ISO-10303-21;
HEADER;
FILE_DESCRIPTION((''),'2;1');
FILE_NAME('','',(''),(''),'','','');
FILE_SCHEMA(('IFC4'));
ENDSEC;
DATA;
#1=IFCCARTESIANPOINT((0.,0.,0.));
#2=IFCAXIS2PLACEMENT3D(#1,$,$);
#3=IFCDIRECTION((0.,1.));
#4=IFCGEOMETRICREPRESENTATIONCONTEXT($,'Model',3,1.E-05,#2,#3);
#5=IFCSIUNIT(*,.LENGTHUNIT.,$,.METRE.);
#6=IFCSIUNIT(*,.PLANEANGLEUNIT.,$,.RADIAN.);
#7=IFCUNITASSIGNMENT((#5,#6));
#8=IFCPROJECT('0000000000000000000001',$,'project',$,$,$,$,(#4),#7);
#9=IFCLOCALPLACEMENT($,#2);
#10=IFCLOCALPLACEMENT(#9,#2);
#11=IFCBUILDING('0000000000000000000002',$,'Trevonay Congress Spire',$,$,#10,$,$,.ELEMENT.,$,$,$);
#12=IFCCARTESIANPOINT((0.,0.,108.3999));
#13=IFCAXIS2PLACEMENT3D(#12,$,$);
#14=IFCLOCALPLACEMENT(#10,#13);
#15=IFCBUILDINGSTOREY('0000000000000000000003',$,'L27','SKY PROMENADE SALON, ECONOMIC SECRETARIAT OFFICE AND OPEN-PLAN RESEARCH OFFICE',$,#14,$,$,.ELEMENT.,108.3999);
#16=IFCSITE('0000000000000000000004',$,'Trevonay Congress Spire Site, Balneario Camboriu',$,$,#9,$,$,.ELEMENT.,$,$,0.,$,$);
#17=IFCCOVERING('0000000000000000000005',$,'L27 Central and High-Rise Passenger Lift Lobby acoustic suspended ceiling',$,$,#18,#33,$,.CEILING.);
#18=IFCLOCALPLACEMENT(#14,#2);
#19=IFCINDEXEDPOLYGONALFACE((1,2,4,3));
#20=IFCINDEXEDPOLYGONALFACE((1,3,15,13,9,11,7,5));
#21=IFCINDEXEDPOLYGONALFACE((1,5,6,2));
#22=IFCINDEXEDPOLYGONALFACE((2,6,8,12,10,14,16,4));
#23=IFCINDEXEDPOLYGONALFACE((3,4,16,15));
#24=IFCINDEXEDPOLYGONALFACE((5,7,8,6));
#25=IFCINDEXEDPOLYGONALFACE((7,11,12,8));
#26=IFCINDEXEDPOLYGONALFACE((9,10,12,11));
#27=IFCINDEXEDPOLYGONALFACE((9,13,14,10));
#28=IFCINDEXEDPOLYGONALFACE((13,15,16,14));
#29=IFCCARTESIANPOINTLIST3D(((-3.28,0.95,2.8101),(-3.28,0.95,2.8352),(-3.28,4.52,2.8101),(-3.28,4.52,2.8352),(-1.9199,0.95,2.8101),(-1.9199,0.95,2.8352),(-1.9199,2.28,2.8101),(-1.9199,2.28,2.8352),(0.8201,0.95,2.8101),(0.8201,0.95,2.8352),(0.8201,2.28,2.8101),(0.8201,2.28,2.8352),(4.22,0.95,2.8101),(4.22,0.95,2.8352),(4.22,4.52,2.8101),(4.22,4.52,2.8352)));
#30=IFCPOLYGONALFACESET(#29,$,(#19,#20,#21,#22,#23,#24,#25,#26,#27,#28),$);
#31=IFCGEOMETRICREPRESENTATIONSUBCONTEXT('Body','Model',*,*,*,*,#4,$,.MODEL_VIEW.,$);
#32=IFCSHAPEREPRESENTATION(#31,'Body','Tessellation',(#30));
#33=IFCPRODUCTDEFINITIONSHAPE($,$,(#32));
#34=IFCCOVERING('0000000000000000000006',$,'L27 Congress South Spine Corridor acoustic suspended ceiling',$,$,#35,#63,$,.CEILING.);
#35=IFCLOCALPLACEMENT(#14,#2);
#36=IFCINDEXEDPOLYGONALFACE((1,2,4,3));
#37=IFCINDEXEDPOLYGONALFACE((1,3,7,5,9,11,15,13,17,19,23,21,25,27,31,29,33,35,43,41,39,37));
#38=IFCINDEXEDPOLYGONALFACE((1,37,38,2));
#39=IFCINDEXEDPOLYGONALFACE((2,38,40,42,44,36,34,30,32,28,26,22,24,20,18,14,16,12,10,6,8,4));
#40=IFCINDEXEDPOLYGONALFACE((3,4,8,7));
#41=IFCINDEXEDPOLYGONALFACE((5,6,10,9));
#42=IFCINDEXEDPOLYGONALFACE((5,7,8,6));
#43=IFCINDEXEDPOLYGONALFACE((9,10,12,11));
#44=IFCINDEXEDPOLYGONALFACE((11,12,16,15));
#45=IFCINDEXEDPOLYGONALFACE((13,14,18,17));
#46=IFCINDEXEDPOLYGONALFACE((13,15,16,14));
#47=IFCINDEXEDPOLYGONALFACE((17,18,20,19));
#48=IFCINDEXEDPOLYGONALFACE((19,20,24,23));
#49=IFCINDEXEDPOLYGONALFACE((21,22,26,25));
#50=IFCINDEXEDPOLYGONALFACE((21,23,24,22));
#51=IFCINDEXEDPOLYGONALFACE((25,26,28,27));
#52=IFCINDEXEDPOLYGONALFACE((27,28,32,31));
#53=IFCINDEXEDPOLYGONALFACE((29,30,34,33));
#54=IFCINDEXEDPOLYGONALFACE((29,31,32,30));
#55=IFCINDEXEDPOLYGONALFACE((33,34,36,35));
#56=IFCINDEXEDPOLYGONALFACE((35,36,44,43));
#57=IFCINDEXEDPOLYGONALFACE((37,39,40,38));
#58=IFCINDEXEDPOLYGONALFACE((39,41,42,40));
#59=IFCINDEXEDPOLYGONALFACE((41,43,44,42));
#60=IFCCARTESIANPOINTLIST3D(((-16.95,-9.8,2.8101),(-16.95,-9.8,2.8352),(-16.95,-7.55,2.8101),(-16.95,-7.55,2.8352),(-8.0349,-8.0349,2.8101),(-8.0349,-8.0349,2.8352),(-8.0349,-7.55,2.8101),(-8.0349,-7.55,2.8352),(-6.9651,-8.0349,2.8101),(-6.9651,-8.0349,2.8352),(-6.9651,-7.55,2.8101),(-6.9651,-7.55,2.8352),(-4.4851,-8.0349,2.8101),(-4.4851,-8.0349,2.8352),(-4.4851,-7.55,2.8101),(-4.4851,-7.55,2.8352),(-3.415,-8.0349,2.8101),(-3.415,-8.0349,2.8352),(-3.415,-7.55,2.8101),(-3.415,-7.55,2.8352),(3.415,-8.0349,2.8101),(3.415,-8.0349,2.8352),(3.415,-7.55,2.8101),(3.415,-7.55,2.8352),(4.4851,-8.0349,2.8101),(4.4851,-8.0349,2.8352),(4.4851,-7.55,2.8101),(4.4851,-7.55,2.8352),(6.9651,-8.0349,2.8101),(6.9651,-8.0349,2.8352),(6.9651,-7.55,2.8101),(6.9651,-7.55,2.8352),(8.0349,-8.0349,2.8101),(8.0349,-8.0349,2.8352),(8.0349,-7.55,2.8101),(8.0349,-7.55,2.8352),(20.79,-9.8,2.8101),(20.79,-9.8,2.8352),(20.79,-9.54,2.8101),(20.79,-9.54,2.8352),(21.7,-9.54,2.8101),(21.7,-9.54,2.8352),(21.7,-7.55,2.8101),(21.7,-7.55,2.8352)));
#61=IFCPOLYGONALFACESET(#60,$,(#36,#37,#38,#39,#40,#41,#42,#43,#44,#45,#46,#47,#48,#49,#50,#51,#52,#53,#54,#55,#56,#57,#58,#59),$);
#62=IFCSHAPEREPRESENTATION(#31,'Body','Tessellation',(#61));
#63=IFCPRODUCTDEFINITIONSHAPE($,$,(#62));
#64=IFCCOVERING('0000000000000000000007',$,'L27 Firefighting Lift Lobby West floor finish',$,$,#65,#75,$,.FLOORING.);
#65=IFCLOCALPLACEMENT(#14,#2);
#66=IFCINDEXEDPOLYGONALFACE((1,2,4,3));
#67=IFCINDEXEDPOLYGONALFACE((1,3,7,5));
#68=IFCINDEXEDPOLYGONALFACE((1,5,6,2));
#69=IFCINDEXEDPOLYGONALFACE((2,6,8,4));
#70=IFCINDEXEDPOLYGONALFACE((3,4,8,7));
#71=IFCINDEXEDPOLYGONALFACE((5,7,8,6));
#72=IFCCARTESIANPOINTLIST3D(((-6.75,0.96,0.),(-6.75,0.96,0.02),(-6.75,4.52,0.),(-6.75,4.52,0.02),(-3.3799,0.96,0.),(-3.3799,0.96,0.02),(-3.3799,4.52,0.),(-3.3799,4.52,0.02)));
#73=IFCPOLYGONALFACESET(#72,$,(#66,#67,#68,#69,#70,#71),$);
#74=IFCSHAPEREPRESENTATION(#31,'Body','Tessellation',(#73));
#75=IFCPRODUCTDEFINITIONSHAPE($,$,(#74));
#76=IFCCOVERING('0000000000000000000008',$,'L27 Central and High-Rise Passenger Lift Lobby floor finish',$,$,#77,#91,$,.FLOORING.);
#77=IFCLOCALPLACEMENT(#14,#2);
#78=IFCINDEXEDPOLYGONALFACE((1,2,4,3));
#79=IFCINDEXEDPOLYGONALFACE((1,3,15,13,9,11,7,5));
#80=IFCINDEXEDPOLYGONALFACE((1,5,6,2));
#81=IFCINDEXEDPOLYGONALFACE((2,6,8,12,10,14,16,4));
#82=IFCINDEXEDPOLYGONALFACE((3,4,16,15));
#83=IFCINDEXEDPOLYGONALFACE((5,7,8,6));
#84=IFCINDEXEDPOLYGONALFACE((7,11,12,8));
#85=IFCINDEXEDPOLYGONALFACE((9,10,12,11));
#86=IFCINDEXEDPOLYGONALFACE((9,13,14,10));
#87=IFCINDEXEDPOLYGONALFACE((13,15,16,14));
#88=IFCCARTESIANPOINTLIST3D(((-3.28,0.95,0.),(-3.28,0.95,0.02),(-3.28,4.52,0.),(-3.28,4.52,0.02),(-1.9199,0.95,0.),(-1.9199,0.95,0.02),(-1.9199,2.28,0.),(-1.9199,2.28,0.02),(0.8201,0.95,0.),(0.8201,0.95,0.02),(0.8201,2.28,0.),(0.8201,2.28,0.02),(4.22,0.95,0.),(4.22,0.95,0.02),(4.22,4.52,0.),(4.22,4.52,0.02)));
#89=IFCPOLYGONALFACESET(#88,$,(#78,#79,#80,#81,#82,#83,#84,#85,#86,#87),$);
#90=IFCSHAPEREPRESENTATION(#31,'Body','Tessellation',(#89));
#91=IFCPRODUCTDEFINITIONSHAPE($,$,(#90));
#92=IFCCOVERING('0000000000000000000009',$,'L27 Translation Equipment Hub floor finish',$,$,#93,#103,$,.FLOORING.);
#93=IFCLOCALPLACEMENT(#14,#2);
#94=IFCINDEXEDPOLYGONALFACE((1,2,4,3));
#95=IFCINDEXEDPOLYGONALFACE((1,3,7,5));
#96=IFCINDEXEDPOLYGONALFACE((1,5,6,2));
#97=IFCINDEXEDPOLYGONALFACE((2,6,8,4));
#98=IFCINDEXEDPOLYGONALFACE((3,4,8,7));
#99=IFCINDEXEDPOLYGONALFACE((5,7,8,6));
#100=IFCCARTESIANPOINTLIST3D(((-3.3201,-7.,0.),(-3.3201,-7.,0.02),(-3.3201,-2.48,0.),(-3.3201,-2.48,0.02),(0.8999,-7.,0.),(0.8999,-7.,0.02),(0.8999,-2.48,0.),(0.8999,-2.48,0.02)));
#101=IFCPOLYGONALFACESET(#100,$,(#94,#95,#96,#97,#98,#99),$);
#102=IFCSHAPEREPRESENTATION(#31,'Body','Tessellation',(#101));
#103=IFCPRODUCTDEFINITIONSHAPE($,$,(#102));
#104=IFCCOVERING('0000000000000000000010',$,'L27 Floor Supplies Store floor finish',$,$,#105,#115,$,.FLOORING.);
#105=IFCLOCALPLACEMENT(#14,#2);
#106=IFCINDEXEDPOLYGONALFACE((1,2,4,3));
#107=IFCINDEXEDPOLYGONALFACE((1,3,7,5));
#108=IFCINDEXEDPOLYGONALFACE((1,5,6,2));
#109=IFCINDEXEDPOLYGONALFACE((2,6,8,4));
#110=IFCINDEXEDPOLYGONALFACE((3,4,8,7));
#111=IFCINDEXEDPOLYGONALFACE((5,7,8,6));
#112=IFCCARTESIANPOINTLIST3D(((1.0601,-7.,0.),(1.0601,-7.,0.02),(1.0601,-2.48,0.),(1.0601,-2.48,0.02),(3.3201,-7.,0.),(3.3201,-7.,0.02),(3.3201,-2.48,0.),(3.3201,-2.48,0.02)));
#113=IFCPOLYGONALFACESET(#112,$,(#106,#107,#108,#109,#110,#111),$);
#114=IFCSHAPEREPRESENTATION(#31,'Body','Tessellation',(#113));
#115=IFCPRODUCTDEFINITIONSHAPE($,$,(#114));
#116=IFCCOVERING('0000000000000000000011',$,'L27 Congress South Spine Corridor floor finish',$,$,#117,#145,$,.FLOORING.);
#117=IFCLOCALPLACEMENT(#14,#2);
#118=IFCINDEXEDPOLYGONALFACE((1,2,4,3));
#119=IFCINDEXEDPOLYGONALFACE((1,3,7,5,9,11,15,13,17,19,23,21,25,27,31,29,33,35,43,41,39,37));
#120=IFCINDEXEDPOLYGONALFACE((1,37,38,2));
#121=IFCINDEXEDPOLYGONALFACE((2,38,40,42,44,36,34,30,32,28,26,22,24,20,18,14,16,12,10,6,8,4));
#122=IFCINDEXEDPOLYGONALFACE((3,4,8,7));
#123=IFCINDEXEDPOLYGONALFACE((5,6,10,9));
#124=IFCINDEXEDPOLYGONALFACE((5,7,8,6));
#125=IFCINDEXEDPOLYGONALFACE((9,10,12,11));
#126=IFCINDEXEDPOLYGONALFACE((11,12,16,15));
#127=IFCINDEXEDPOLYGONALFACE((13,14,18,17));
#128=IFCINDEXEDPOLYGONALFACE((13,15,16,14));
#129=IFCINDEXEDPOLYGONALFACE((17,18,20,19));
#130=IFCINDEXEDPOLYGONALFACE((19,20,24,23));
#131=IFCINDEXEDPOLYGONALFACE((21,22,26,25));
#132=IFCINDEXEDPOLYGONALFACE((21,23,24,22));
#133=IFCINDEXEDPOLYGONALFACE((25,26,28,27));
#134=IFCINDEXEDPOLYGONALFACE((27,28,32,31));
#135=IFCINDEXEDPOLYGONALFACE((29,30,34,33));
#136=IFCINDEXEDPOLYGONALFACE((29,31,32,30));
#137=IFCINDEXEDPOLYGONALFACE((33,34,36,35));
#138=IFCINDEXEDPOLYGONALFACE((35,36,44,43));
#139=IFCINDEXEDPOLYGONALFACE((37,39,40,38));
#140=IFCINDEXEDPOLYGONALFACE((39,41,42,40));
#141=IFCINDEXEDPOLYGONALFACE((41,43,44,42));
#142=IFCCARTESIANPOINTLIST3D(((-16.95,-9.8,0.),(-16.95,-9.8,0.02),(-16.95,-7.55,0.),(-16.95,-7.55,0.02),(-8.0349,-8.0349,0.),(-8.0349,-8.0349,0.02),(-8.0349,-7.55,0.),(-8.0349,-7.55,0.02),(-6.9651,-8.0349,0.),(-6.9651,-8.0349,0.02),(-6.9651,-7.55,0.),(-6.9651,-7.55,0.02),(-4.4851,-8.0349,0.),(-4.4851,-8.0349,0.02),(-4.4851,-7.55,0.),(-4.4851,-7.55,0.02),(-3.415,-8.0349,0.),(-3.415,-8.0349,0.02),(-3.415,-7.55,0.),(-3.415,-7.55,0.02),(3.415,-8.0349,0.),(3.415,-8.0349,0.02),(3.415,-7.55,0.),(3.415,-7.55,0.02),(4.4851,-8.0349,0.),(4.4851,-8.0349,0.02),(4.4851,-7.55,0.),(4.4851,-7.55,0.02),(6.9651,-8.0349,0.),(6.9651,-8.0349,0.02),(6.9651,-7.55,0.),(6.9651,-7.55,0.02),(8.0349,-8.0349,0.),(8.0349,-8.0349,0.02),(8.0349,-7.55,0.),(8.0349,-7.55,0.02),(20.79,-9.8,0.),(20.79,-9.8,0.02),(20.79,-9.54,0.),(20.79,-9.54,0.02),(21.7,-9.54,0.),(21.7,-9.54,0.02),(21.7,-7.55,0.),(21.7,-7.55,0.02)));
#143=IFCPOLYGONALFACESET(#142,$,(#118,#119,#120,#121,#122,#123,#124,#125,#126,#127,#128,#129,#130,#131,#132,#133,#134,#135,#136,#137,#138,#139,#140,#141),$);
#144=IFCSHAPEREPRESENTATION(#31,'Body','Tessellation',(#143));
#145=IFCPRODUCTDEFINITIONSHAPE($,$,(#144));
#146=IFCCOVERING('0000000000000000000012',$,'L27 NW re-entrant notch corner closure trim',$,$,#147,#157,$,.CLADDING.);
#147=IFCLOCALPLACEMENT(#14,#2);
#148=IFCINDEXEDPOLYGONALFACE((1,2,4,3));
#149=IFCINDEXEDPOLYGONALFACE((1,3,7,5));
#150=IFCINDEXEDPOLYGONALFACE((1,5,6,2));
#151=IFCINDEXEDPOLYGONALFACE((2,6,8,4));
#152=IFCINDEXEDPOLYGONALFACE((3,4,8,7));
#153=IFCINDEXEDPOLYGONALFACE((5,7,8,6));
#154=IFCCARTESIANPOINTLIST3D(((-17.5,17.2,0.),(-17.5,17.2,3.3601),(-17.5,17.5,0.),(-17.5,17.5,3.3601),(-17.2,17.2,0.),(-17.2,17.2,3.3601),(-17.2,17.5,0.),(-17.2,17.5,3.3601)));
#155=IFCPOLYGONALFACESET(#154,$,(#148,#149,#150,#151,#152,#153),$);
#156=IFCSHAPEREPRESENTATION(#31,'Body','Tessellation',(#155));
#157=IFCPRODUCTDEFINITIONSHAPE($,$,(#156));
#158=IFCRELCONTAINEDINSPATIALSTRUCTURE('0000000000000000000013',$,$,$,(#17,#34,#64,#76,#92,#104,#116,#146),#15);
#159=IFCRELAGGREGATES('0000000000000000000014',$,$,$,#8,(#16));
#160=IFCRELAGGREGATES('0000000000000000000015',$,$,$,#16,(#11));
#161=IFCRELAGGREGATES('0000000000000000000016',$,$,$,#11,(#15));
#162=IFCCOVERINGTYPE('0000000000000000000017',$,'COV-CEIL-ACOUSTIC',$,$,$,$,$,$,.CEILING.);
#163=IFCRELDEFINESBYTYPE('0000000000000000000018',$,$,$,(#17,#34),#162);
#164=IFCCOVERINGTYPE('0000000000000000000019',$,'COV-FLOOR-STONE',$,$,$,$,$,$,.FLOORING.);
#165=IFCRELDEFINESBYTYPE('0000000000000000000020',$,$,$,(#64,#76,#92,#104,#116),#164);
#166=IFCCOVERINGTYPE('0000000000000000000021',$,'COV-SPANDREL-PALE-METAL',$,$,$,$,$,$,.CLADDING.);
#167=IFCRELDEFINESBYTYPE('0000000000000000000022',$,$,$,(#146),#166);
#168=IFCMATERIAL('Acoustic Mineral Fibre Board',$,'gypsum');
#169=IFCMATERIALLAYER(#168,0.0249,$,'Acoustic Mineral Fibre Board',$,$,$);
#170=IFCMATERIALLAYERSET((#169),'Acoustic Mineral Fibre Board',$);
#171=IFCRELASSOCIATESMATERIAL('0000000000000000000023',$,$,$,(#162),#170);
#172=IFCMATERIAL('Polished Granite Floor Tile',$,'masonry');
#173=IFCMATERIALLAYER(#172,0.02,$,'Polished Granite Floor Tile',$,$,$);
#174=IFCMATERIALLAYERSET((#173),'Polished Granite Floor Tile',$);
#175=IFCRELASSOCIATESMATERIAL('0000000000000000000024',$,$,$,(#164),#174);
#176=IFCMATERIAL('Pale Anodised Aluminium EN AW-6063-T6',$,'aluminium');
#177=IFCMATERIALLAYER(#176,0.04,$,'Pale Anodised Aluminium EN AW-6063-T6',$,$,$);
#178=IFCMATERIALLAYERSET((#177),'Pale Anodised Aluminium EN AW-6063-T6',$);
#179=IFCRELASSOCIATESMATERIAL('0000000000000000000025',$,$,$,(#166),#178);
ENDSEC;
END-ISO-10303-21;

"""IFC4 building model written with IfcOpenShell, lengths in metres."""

from ifc_helpers import new_model, si_unit, direction, frame, origin, place, context, subcontext, project, spatial, polyline, outline, extrude, material, layer, layer_set, type_object, element, save


model = new_model("IFC4")

# Units and contexts
model_context = context("Model", 3, precision=1e-05, world=origin(), true_north=direction((0.0, 1.0)))
body_context = subcontext(model_context, "Body", "Model", "MODEL_VIEW")
ifc_project = project(units=[si_unit("LENGTHUNIT", "METRE"), si_unit("PLANEANGLEUNIT", "RADIAN")], contexts=[model_context])

# Site, building, storey
site_placement = place(None, origin())
site = spatial("IfcSite", under=ifc_project, at=site_placement, Name="Trevonay Congress Spire Site, Balneario Camboriu", CompositionType="ELEMENT", RefElevation=0.0)
building_placement = place(site_placement, origin())
building = spatial("IfcBuilding", under=site, at=building_placement, Name="Trevonay Congress Spire", CompositionType="ELEMENT")
storey_placement = place(building_placement, frame((0.0, 0.0, 108.3999)))
storey = spatial("IfcBuildingStorey", under=building, at=storey_placement, Name="L27", Description="SKY PROMENADE SALON, ECONOMIC SECRETARIAT OFFICE AND OPEN-PLAN RESEARCH OFFICE", CompositionType="ELEMENT", Elevation=108.3999)

# Shared definitions
ifc_material_1 = material(Name="Pale Anodised Aluminium EN AW-6063-T6", Category="aluminium")

# Coverings
ifc_material_2 = material(Name="Acoustic Mineral Fibre Board", Category="gypsum")
ifc_layer_1 = layer(ifc_material_2, 0.0249, Name="Acoustic Mineral Fibre Board")
ifc_layer_set_1 = layer_set([ifc_layer_1], Name="Acoustic Mineral Fibre Board")
covering_type_1 = type_object("IfcCoveringType", Name="COV-CEIL-ACOUSTIC", PredefinedType="CEILING", material=ifc_layer_set_1)
covering_1_placement = place(storey_placement, frame((0.0, 0.0, 2.8101)))
element("IfcCovering", 1, at=covering_1_placement, inside=storey, type_object=covering_type_1, Name="L27 Central and High-Rise Passenger Lift Lobby acoustic suspended ceiling", PredefinedType="CEILING", context=body_context, shape_type="SweptSolid", body=[
    extrude(outline(polyline([(-3.28, 0.95), (-1.9199, 0.95), (-1.9199, 2.28), (0.8201, 2.28), (0.8201, 0.95), (4.22, 0.95), (4.22, 4.52), (-3.28, 4.52), (-3.28, 0.95)])), origin(), (0.0, 0.0, 1.0), 0.0251),
])
covering_2_placement = place(storey_placement, frame((0.0, 0.0, 2.8101)))
element("IfcCovering", 2, at=covering_2_placement, inside=storey, type_object=covering_type_1, Name="L27 Congress South Spine Corridor acoustic suspended ceiling", PredefinedType="CEILING", context=body_context, shape_type="SweptSolid", body=[
    extrude(outline(polyline([(-16.95, -9.8), (-16.95, -7.55), (-8.0349, -7.55), (-8.0349, -8.0349), (-6.9651, -8.0349), (-6.9651, -7.55), (-4.4851, -7.55), (-4.4851, -8.0349), (-3.415, -8.0349), (-3.415, -7.55), (3.415, -7.55), (3.415, -8.0349), (4.4851, -8.0349), (4.4851, -7.55), (6.9651, -7.55), (6.9651, -8.0349), (8.0349, -8.0349), (8.0349, -7.55), (21.7, -7.55), (21.7, -9.54), (20.79, -9.54), (20.79, -9.8), (-16.95, -9.8)])), origin(), (0.0, 0.0, 1.0), 0.0251),
])
ifc_material_3 = material(Name="Polished Granite Floor Tile", Category="masonry")
ifc_layer_2 = layer(ifc_material_3, 0.02, Name="Polished Granite Floor Tile")
ifc_layer_set_2 = layer_set([ifc_layer_2], Name="Polished Granite Floor Tile")
covering_type_2 = type_object("IfcCoveringType", Name="COV-FLOOR-STONE", PredefinedType="FLOORING", material=ifc_layer_set_2)
covering_3_placement = place(storey_placement, origin())
element("IfcCovering", 3, at=covering_3_placement, inside=storey, type_object=covering_type_2, Name="L27 Firefighting Lift Lobby West floor finish", PredefinedType="FLOORING", context=body_context, shape_type="SweptSolid", body=[
    extrude(outline(polyline([(-6.75, 0.96), (-3.3799, 0.96), (-3.3799, 4.52), (-6.75, 4.52), (-6.75, 0.96)])), origin(), (0.0, 0.0, 1.0), 0.02),
])
covering_4_placement = place(storey_placement, origin())
element("IfcCovering", 4, at=covering_4_placement, inside=storey, type_object=covering_type_2, Name="L27 Central and High-Rise Passenger Lift Lobby floor finish", PredefinedType="FLOORING", context=body_context, shape_type="SweptSolid", body=[
    extrude(outline(polyline([(-3.28, 0.95), (-1.9199, 0.95), (-1.9199, 2.28), (0.8201, 2.28), (0.8201, 0.95), (4.22, 0.95), (4.22, 4.52), (-3.28, 4.52), (-3.28, 0.95)])), origin(), (0.0, 0.0, 1.0), 0.02),
])
covering_5_placement = place(storey_placement, origin())
element("IfcCovering", 5, at=covering_5_placement, inside=storey, type_object=covering_type_2, Name="L27 Translation Equipment Hub floor finish", PredefinedType="FLOORING", context=body_context, shape_type="SweptSolid", body=[
    extrude(outline(polyline([(-3.3201, -7.0), (0.8999, -7.0), (0.8999, -2.48), (-3.3201, -2.48), (-3.3201, -7.0)])), origin(), (0.0, 0.0, 1.0), 0.02),
])
covering_6_placement = place(storey_placement, origin())
element("IfcCovering", 6, at=covering_6_placement, inside=storey, type_object=covering_type_2, Name="L27 Floor Supplies Store floor finish", PredefinedType="FLOORING", context=body_context, shape_type="SweptSolid", body=[
    extrude(outline(polyline([(1.0601, -7.0), (3.3201, -7.0), (3.3201, -2.48), (1.0601, -2.48), (1.0601, -7.0)])), origin(), (0.0, 0.0, 1.0), 0.02),
])
covering_7_placement = place(storey_placement, origin())
element("IfcCovering", 7, at=covering_7_placement, inside=storey, type_object=covering_type_2, Name="L27 Congress South Spine Corridor floor finish", PredefinedType="FLOORING", context=body_context, shape_type="SweptSolid", body=[
    extrude(outline(polyline([(-16.95, -9.8), (-16.95, -7.55), (-8.0349, -7.55), (-8.0349, -8.0349), (-6.9651, -8.0349), (-6.9651, -7.55), (-4.4851, -7.55), (-4.4851, -8.0349), (-3.415, -8.0349), (-3.415, -7.55), (3.415, -7.55), (3.415, -8.0349), (4.4851, -8.0349), (4.4851, -7.55), (6.9651, -7.55), (6.9651, -8.0349), (8.0349, -8.0349), (8.0349, -7.55), (21.7, -7.55), (21.7, -9.54), (20.79, -9.54), (20.79, -9.8), (-16.95, -9.8)])), origin(), (0.0, 0.0, 1.0), 0.02),
])
ifc_layer_3 = layer(ifc_material_1, 0.04, Name="Pale Anodised Aluminium EN AW-6063-T6")
ifc_layer_set_3 = layer_set([ifc_layer_3], Name="Pale Anodised Aluminium EN AW-6063-T6")
covering_type_3 = type_object("IfcCoveringType", Name="COV-SPANDREL-PALE-METAL", PredefinedType="CLADDING", material=ifc_layer_set_3)
covering_8_placement = place(storey_placement, origin())
element("IfcCovering", 8, at=covering_8_placement, inside=storey, type_object=covering_type_3, Name="L27 NW re-entrant notch corner closure trim", PredefinedType="CLADDING", context=body_context, shape_type="SweptSolid", body=[
    extrude(outline(polyline([(-17.5, 17.2), (-17.2, 17.2), (-17.2, 17.5), (-17.5, 17.5), (-17.5, 17.2)])), origin(), (0.0, 0.0, 1.0), 3.3601),
])

save(model, "model.ifc")
